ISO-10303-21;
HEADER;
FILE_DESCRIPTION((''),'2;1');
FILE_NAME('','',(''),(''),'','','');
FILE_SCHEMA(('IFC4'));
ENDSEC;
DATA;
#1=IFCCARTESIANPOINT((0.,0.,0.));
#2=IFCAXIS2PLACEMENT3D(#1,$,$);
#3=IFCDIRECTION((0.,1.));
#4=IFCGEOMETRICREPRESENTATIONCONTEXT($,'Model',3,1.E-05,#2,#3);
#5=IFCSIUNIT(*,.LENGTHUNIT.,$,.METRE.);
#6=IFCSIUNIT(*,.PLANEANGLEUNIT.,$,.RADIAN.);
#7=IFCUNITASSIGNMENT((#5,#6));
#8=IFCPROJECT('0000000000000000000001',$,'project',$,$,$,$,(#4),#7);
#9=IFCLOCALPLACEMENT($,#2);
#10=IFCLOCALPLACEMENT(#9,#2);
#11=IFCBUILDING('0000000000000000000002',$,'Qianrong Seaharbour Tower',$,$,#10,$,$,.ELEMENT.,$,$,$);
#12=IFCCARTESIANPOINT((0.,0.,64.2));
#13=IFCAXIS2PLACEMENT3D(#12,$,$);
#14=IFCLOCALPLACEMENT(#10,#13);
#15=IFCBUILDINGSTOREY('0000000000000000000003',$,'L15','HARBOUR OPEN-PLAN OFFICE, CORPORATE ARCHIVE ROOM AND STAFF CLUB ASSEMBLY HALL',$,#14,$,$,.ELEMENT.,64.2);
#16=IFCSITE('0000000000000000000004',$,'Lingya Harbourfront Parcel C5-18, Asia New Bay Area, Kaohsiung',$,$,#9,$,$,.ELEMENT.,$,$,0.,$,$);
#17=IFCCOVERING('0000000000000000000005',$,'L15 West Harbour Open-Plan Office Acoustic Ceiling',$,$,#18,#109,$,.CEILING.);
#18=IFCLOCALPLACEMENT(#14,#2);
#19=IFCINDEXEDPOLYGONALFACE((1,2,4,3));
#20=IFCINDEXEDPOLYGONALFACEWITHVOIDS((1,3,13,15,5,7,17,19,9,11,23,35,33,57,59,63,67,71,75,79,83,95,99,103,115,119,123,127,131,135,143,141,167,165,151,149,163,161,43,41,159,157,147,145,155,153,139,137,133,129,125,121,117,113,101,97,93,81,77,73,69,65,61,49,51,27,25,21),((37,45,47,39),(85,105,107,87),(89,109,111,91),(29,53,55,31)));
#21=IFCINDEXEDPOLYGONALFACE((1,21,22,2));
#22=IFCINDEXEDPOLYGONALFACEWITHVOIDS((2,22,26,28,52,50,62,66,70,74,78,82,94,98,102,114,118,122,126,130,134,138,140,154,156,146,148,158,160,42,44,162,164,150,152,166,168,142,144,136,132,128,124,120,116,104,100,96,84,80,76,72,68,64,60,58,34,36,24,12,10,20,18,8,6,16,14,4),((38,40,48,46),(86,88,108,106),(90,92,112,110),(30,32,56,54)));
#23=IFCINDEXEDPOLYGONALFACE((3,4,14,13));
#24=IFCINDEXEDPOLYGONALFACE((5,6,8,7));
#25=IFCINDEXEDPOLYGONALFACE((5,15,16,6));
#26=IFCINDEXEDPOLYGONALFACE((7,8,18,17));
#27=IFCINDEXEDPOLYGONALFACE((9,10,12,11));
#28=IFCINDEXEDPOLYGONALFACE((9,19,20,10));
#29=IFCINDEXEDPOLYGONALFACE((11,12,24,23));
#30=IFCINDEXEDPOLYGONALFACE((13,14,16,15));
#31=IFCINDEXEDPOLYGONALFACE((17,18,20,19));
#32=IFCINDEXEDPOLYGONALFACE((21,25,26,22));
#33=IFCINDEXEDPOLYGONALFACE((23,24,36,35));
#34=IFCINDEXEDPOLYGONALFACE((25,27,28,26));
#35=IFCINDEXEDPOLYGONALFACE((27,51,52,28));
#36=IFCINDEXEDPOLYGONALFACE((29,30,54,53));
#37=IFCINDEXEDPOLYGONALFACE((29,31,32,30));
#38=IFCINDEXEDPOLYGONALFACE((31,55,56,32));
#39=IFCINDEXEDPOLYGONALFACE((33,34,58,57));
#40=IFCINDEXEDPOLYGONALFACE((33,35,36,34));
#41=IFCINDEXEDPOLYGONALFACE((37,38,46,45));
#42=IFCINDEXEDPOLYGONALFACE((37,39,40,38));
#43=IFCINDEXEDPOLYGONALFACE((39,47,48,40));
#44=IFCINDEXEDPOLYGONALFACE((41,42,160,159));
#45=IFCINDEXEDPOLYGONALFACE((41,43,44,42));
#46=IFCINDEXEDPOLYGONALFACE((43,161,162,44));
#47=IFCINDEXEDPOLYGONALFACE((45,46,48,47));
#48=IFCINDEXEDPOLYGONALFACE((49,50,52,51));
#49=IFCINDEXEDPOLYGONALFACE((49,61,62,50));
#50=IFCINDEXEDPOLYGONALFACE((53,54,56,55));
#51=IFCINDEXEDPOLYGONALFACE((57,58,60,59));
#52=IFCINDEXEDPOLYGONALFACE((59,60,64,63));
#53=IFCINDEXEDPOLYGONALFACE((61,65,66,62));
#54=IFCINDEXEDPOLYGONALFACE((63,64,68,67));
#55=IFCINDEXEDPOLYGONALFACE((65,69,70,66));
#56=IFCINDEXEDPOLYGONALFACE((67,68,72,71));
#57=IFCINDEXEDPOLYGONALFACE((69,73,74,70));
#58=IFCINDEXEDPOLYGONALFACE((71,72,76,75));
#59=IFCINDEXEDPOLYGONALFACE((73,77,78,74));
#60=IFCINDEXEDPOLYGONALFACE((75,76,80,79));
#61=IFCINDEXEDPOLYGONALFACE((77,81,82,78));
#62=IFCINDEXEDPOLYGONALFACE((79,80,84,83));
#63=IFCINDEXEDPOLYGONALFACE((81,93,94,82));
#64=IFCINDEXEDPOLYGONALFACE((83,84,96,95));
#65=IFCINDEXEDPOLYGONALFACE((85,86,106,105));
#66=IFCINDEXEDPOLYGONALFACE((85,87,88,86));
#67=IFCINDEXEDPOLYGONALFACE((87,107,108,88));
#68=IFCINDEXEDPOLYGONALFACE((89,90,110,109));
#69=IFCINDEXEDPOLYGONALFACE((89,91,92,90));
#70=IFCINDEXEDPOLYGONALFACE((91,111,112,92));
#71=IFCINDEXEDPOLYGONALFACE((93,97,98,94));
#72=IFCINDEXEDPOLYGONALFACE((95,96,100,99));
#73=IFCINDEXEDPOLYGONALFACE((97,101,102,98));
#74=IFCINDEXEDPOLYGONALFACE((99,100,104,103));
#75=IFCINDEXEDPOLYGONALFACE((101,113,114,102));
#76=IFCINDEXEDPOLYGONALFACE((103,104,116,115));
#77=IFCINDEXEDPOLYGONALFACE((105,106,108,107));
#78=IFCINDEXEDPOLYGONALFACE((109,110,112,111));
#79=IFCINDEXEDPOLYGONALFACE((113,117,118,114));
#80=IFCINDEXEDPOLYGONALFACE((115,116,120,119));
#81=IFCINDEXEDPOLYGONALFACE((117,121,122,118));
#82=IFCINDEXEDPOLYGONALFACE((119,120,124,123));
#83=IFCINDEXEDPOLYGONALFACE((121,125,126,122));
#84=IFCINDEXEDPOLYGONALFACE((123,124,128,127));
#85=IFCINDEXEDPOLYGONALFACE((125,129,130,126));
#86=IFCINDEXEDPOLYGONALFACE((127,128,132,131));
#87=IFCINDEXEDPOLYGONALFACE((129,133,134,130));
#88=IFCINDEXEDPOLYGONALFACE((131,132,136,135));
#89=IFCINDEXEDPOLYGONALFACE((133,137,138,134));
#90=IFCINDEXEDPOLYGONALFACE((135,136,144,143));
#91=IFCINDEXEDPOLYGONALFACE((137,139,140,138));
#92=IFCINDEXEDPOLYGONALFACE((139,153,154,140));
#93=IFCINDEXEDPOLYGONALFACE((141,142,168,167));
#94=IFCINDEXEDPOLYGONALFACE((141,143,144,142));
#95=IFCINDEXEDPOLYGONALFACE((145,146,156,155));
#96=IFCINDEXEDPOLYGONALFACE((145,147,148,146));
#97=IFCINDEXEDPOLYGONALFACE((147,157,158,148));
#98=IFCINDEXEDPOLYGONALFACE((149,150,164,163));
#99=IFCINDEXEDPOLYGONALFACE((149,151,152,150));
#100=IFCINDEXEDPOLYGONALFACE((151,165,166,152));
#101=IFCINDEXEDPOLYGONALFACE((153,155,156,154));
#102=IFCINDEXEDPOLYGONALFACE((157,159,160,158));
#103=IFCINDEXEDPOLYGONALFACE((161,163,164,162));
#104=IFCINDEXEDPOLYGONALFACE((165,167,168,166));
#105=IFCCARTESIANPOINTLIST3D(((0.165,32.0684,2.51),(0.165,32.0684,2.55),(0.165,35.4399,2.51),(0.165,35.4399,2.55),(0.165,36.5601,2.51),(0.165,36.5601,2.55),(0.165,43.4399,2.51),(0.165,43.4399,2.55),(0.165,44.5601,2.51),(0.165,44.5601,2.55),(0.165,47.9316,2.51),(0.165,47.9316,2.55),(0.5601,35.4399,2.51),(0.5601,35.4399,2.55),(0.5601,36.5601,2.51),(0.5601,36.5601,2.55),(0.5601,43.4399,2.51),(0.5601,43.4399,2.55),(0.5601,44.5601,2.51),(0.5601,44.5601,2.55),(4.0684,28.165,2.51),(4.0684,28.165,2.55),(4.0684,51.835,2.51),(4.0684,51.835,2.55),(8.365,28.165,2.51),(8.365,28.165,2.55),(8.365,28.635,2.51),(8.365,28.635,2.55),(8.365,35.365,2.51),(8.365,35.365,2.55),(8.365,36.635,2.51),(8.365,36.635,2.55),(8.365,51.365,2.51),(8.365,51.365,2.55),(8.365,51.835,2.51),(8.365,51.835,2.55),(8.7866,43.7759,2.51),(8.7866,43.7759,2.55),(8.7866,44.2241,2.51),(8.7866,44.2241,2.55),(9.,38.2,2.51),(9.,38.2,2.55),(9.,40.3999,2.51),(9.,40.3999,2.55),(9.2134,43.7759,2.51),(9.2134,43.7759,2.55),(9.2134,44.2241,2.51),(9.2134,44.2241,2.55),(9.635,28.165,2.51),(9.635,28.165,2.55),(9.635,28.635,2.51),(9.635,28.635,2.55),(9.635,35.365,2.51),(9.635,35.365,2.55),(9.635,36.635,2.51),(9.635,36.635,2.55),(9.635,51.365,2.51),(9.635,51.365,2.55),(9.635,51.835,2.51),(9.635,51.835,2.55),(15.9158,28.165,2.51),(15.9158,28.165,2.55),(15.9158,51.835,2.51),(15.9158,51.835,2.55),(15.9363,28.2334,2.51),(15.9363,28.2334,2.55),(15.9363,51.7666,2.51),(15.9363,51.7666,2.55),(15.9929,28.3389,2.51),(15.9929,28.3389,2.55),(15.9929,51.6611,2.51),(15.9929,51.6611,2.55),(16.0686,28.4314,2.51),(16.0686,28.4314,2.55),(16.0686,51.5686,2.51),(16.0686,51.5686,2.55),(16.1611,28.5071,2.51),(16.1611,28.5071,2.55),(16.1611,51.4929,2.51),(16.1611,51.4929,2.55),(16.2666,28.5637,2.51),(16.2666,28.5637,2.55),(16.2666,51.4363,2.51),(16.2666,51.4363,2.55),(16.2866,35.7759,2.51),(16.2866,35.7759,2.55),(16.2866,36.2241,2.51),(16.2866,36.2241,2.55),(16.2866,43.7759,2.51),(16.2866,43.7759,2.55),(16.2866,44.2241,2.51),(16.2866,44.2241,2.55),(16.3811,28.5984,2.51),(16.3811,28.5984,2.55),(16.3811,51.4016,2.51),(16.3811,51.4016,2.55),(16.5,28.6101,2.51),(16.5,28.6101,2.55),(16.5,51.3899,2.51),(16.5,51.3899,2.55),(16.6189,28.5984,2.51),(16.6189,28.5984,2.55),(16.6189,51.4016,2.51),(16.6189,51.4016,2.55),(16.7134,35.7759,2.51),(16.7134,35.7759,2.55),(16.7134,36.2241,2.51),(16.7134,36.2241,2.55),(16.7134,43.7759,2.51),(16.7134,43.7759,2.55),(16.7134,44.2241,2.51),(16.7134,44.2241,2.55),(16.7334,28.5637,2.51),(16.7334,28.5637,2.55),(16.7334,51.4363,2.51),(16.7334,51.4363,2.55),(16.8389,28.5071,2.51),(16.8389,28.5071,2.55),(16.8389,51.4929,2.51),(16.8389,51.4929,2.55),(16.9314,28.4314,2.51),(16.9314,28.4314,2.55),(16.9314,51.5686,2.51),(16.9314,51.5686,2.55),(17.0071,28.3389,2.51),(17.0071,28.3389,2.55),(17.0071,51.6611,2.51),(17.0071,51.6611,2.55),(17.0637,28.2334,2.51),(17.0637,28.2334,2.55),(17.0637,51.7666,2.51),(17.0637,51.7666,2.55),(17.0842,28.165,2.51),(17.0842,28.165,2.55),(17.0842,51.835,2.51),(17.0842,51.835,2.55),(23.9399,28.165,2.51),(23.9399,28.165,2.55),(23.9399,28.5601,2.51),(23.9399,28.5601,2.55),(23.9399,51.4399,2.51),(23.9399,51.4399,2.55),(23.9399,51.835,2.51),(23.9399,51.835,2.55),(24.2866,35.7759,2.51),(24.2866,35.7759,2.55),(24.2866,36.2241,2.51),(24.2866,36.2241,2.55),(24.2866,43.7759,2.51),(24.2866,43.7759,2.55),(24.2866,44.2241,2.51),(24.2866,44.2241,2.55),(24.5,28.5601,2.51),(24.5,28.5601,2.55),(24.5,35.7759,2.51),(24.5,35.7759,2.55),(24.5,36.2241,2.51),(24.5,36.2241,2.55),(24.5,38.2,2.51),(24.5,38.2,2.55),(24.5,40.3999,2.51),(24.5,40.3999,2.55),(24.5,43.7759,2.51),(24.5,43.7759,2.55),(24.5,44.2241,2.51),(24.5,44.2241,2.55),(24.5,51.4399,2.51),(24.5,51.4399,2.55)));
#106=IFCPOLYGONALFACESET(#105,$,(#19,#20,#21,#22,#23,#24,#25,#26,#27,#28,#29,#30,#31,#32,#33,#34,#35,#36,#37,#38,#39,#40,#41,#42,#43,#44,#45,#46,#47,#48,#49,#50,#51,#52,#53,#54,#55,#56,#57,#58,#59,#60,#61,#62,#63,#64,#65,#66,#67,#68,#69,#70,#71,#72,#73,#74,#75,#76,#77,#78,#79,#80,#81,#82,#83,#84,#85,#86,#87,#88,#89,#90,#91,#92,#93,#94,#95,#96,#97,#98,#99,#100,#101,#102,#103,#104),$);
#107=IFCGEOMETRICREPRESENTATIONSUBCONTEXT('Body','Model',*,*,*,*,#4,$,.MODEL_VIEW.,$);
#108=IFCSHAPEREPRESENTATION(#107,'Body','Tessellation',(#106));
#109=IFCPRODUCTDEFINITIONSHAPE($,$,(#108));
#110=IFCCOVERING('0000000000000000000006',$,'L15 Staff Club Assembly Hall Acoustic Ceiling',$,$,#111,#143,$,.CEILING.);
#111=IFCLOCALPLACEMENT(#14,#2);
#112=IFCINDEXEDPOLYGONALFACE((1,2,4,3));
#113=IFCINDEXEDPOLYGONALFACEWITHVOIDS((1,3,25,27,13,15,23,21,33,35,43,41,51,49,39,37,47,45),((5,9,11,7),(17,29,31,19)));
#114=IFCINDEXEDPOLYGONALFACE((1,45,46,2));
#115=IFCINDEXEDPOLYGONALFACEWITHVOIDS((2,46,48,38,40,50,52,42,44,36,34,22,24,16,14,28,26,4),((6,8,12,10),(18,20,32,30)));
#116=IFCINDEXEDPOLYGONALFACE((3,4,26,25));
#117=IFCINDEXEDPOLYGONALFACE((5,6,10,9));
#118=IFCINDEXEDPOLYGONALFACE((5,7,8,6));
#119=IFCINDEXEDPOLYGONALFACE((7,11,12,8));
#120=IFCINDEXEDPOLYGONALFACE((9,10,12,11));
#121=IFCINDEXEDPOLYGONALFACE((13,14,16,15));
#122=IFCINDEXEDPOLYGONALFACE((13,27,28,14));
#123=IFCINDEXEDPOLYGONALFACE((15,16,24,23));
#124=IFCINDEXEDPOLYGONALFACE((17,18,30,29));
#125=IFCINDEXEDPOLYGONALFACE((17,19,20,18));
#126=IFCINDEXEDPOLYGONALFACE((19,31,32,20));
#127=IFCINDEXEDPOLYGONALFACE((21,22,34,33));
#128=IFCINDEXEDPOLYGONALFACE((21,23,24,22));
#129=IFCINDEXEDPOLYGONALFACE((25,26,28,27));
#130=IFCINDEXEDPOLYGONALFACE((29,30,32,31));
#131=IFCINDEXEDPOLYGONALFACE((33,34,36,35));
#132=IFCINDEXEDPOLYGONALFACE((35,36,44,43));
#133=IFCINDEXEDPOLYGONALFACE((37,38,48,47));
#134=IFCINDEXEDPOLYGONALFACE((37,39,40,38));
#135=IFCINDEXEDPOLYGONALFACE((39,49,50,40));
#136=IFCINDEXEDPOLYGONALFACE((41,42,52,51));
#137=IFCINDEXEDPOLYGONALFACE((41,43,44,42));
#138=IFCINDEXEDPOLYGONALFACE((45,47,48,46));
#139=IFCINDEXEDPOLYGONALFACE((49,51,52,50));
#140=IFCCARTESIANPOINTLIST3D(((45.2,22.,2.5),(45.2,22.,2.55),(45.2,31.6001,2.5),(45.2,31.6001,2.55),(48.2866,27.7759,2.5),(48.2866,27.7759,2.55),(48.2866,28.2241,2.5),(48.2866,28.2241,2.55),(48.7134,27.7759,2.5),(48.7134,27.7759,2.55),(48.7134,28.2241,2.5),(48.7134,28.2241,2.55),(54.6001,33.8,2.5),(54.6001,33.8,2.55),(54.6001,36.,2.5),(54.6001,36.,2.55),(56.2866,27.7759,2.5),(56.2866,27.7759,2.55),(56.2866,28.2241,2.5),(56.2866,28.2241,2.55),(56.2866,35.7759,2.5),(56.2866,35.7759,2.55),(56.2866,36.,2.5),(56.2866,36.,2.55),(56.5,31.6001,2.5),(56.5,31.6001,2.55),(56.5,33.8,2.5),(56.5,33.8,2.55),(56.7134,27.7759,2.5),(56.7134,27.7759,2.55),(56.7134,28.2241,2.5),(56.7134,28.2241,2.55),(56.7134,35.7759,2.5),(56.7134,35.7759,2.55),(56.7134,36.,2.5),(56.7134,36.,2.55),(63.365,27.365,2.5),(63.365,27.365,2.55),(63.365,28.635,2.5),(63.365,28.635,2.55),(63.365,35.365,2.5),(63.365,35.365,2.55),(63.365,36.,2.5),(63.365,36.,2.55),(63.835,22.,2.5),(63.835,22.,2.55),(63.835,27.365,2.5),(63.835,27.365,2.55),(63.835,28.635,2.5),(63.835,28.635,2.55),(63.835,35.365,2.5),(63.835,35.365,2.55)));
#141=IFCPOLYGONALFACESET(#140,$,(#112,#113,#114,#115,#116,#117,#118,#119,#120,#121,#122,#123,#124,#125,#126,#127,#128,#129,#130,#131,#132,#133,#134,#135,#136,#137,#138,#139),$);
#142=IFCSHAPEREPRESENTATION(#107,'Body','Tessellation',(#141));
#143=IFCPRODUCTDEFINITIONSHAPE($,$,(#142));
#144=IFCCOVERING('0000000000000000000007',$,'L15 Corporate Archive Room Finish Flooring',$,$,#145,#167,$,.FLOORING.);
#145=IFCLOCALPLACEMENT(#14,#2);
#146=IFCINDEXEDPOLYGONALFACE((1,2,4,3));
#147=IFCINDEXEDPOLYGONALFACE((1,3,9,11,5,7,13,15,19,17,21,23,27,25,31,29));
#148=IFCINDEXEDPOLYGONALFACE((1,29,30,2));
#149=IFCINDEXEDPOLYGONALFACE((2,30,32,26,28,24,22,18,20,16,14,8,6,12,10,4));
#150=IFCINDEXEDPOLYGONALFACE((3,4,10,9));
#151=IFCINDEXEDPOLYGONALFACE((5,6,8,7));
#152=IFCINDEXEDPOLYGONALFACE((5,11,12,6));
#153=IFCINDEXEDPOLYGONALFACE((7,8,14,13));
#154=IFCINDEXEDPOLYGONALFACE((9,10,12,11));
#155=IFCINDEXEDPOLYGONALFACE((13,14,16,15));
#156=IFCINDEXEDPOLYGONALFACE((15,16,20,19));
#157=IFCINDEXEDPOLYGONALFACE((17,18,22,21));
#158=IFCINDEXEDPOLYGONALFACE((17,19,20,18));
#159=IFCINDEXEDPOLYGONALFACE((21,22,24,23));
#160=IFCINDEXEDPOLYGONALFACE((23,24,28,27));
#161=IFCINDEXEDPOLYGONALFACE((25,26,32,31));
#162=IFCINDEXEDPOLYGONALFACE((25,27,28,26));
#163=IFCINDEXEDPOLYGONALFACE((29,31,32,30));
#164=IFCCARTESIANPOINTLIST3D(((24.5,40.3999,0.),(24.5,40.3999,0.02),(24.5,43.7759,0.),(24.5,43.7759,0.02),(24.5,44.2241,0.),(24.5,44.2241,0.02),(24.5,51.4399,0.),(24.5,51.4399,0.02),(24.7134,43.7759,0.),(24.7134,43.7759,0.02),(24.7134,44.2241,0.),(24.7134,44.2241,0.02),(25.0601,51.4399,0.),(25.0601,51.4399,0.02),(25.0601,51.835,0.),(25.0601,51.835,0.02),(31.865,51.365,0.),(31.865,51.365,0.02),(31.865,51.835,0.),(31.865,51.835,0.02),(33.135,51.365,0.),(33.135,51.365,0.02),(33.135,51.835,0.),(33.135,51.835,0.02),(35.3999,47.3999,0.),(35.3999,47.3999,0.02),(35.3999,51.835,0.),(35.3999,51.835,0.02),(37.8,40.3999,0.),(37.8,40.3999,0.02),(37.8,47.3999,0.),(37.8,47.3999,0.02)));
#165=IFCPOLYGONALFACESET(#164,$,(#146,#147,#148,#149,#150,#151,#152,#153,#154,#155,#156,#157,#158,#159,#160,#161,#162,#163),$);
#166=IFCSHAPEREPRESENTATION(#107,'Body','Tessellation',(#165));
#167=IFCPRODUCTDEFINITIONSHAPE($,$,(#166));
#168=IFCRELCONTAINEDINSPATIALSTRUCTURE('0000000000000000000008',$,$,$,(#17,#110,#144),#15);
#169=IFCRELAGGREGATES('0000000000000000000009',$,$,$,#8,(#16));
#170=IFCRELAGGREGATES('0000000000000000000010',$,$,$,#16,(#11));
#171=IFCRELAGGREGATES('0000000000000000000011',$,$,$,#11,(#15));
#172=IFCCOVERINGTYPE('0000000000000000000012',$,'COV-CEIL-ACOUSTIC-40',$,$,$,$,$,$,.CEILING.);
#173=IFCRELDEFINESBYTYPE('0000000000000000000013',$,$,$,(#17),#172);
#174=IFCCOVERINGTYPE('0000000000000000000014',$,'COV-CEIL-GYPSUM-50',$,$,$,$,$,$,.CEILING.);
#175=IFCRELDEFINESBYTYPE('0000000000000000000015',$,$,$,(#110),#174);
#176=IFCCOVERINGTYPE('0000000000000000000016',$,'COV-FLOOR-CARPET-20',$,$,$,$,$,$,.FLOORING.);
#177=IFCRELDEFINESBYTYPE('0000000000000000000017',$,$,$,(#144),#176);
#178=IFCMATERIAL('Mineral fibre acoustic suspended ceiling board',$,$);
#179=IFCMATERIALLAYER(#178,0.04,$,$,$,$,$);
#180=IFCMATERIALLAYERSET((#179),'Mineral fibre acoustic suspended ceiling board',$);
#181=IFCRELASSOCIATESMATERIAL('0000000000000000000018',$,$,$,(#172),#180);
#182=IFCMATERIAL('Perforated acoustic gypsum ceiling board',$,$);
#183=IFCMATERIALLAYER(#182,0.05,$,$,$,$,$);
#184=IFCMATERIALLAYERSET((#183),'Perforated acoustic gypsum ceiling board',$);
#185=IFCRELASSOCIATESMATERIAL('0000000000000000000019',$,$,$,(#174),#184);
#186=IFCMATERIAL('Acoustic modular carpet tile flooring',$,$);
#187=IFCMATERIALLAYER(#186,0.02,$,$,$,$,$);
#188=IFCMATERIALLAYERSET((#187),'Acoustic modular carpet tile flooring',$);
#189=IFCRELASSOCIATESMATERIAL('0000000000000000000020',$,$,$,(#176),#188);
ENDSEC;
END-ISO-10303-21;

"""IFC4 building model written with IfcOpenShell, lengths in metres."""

from ifc_helpers import new_model, si_unit, direction, frame, origin, place, context, subcontext, project, spatial, polyline, outline, extrude, material, layer, layer_set, type_object, element, save


model = new_model("IFC4")

# Units and contexts
model_context = context("Model", 3, precision=1e-05, world=origin(), true_north=direction((0.0, 1.0)))
body_context = subcontext(model_context, "Body", "Model", "MODEL_VIEW")
ifc_project = project(units=[si_unit("LENGTHUNIT", "METRE"), si_unit("PLANEANGLEUNIT", "RADIAN")], contexts=[model_context])

# Site, building, storey
site_placement = place(None, origin())
site = spatial("IfcSite", under=ifc_project, at=site_placement, Name="Lingya Harbourfront Parcel C5-18, Asia New Bay Area, Kaohsiung", CompositionType="ELEMENT", RefElevation=0.0)
building_placement = place(site_placement, origin())
building = spatial("IfcBuilding", under=site, at=building_placement, Name="Qianrong Seaharbour Tower", CompositionType="ELEMENT")
storey_placement = place(building_placement, frame((0.0, 0.0, 64.2)))
storey = spatial("IfcBuildingStorey", under=building, at=storey_placement, Name="L15", Description="HARBOUR OPEN-PLAN OFFICE, CORPORATE ARCHIVE ROOM AND STAFF CLUB ASSEMBLY HALL", CompositionType="ELEMENT", Elevation=64.2)

# Coverings
ifc_material_1 = material(Name="Mineral fibre acoustic suspended ceiling board")
ifc_layer_1 = layer(ifc_material_1, 0.04)
ifc_layer_set_1 = layer_set([ifc_layer_1], Name="Mineral fibre acoustic suspended ceiling board")
covering_type_1 = type_object("IfcCoveringType", Name="COV-CEIL-ACOUSTIC-40", PredefinedType="CEILING", material=ifc_layer_set_1)
covering_1_placement = place(storey_placement, frame((0.0, 0.0, 2.51)))
element("IfcCovering", 1, at=covering_1_placement, inside=storey, type_object=covering_type_1, Name="L15 West Harbour Open-Plan Office Acoustic Ceiling", PredefinedType="CEILING", context=body_context, shape_type="SweptSolid", body=[
    extrude(outline(polyline([(0.165, 32.0684), (0.165, 35.4399), (0.5601, 35.4399), (0.5601, 36.5601), (0.165, 36.5601), (0.165, 43.4399), (0.5601, 43.4399), (0.5601, 44.5601), (0.165, 44.5601), (0.165, 47.9316), (4.0684, 51.835), (8.365, 51.835), (8.365, 51.365), (9.635, 51.365), (9.635, 51.835), (15.9158, 51.835), (15.9363, 51.7666), (15.9929, 51.6611), (16.0686, 51.5686), (16.1611, 51.4929), (16.2666, 51.4363), (16.3811, 51.4016), (16.5, 51.3899), (16.6189, 51.4016), (16.7334, 51.4363), (16.8389, 51.4929), (16.9314, 51.5686), (17.0071, 51.6611), (17.0637, 51.7666), (17.0842, 51.835), (23.9399, 51.835), (23.9399, 51.4399), (24.5, 51.4399), (24.5, 44.2241), (24.2866, 44.2241), (24.2866, 43.7759), (24.5, 43.7759), (24.5, 40.3999), (9.0, 40.3999), (9.0, 38.2), (24.5, 38.2), (24.5, 36.2241), (24.2866, 36.2241), (24.2866, 35.7759), (24.5, 35.7759), (24.5, 28.5601), (23.9399, 28.5601), (23.9399, 28.165), (17.0842, 28.165), (17.0637, 28.2334), (17.0071, 28.3389), (16.9314, 28.4314), (16.8389, 28.5071), (16.7334, 28.5637), (16.6189, 28.5984), (16.5, 28.6101), (16.3811, 28.5984), (16.2666, 28.5637), (16.1611, 28.5071), (16.0686, 28.4314), (15.9929, 28.3389), (15.9363, 28.2334), (15.9158, 28.165), (9.635, 28.165), (9.635, 28.635), (8.365, 28.635), (8.365, 28.165), (4.0684, 28.165), (0.165, 32.0684)]), holes=[polyline([(16.2866, 43.7759), (16.7134, 43.7759), (16.7134, 44.2241), (16.2866, 44.2241), (16.2866, 43.7759)]), polyline([(16.7134, 35.7759), (16.7134, 36.2241), (16.2866, 36.2241), (16.2866, 35.7759), (16.7134, 35.7759)]), polyline([(8.365, 35.365), (9.635, 35.365), (9.635, 36.635), (8.365, 36.635), (8.365, 35.365)]), polyline([(8.7866, 43.7759), (9.2134, 43.7759), (9.2134, 44.2241), (8.7866, 44.2241), (8.7866, 43.7759)])]), origin(), (0.0, 0.0, 1.0), 0.04),
])
ifc_material_2 = material(Name="Perforated acoustic gypsum ceiling board")
ifc_layer_2 = layer(ifc_material_2, 0.05)
ifc_layer_set_2 = layer_set([ifc_layer_2], Name="Perforated acoustic gypsum ceiling board")
covering_type_2 = type_object("IfcCoveringType", Name="COV-CEIL-GYPSUM-50", PredefinedType="CEILING", material=ifc_layer_set_2)
covering_2_placement = place(storey_placement, frame((0.0, 0.0, 2.5)))
element("IfcCovering", 2, at=covering_2_placement, inside=storey, type_object=covering_type_2, Name="L15 Staff Club Assembly Hall Acoustic Ceiling", PredefinedType="CEILING", context=body_context, shape_type="SweptSolid", body=[
    extrude(outline(polyline([(56.5, 31.6001), (56.5, 33.8), (54.6001, 33.8), (54.6001, 36.0), (56.2866, 36.0), (56.2866, 35.7759), (56.7134, 35.7759), (56.7134, 36.0), (63.365, 36.0), (63.365, 35.365), (63.835, 35.365), (63.835, 28.635), (63.365, 28.635), (63.365, 27.365), (63.835, 27.365), (63.835, 22.0), (45.2, 22.0), (45.2, 31.6001), (56.5, 31.6001)]), holes=[polyline([(56.2866, 27.7759), (56.7134, 27.7759), (56.7134, 28.2241), (56.2866, 28.2241), (56.2866, 27.7759)]), polyline([(48.7134, 27.7759), (48.7134, 28.2241), (48.2866, 28.2241), (48.2866, 27.7759), (48.7134, 27.7759)])]), origin(), (0.0, 0.0, 1.0), 0.05),
])
ifc_material_3 = material(Name="Acoustic modular carpet tile flooring")
ifc_layer_3 = layer(ifc_material_3, 0.02)
ifc_layer_set_3 = layer_set([ifc_layer_3], Name="Acoustic modular carpet tile flooring")
covering_type_3 = type_object("IfcCoveringType", Name="COV-FLOOR-CARPET-20", PredefinedType="FLOORING", material=ifc_layer_set_3)
covering_3_placement = place(storey_placement, origin())
element("IfcCovering", 3, at=covering_3_placement, inside=storey, type_object=covering_type_3, Name="L15 Corporate Archive Room Finish Flooring", PredefinedType="FLOORING", context=body_context, shape_type="SweptSolid", body=[
    extrude(outline(polyline([(24.5, 43.7759), (24.7134, 43.7759), (24.7134, 44.2241), (24.5, 44.2241), (24.5, 51.4399), (25.0601, 51.4399), (25.0601, 51.835), (31.865, 51.835), (31.865, 51.365), (33.135, 51.365), (33.135, 51.835), (35.3999, 51.835), (35.3999, 47.3999), (37.8, 47.3999), (37.8, 40.3999), (24.5, 40.3999), (24.5, 43.7759)])), origin(), (0.0, 0.0, 1.0), 0.02),
])

save(model, "model.ifc")
